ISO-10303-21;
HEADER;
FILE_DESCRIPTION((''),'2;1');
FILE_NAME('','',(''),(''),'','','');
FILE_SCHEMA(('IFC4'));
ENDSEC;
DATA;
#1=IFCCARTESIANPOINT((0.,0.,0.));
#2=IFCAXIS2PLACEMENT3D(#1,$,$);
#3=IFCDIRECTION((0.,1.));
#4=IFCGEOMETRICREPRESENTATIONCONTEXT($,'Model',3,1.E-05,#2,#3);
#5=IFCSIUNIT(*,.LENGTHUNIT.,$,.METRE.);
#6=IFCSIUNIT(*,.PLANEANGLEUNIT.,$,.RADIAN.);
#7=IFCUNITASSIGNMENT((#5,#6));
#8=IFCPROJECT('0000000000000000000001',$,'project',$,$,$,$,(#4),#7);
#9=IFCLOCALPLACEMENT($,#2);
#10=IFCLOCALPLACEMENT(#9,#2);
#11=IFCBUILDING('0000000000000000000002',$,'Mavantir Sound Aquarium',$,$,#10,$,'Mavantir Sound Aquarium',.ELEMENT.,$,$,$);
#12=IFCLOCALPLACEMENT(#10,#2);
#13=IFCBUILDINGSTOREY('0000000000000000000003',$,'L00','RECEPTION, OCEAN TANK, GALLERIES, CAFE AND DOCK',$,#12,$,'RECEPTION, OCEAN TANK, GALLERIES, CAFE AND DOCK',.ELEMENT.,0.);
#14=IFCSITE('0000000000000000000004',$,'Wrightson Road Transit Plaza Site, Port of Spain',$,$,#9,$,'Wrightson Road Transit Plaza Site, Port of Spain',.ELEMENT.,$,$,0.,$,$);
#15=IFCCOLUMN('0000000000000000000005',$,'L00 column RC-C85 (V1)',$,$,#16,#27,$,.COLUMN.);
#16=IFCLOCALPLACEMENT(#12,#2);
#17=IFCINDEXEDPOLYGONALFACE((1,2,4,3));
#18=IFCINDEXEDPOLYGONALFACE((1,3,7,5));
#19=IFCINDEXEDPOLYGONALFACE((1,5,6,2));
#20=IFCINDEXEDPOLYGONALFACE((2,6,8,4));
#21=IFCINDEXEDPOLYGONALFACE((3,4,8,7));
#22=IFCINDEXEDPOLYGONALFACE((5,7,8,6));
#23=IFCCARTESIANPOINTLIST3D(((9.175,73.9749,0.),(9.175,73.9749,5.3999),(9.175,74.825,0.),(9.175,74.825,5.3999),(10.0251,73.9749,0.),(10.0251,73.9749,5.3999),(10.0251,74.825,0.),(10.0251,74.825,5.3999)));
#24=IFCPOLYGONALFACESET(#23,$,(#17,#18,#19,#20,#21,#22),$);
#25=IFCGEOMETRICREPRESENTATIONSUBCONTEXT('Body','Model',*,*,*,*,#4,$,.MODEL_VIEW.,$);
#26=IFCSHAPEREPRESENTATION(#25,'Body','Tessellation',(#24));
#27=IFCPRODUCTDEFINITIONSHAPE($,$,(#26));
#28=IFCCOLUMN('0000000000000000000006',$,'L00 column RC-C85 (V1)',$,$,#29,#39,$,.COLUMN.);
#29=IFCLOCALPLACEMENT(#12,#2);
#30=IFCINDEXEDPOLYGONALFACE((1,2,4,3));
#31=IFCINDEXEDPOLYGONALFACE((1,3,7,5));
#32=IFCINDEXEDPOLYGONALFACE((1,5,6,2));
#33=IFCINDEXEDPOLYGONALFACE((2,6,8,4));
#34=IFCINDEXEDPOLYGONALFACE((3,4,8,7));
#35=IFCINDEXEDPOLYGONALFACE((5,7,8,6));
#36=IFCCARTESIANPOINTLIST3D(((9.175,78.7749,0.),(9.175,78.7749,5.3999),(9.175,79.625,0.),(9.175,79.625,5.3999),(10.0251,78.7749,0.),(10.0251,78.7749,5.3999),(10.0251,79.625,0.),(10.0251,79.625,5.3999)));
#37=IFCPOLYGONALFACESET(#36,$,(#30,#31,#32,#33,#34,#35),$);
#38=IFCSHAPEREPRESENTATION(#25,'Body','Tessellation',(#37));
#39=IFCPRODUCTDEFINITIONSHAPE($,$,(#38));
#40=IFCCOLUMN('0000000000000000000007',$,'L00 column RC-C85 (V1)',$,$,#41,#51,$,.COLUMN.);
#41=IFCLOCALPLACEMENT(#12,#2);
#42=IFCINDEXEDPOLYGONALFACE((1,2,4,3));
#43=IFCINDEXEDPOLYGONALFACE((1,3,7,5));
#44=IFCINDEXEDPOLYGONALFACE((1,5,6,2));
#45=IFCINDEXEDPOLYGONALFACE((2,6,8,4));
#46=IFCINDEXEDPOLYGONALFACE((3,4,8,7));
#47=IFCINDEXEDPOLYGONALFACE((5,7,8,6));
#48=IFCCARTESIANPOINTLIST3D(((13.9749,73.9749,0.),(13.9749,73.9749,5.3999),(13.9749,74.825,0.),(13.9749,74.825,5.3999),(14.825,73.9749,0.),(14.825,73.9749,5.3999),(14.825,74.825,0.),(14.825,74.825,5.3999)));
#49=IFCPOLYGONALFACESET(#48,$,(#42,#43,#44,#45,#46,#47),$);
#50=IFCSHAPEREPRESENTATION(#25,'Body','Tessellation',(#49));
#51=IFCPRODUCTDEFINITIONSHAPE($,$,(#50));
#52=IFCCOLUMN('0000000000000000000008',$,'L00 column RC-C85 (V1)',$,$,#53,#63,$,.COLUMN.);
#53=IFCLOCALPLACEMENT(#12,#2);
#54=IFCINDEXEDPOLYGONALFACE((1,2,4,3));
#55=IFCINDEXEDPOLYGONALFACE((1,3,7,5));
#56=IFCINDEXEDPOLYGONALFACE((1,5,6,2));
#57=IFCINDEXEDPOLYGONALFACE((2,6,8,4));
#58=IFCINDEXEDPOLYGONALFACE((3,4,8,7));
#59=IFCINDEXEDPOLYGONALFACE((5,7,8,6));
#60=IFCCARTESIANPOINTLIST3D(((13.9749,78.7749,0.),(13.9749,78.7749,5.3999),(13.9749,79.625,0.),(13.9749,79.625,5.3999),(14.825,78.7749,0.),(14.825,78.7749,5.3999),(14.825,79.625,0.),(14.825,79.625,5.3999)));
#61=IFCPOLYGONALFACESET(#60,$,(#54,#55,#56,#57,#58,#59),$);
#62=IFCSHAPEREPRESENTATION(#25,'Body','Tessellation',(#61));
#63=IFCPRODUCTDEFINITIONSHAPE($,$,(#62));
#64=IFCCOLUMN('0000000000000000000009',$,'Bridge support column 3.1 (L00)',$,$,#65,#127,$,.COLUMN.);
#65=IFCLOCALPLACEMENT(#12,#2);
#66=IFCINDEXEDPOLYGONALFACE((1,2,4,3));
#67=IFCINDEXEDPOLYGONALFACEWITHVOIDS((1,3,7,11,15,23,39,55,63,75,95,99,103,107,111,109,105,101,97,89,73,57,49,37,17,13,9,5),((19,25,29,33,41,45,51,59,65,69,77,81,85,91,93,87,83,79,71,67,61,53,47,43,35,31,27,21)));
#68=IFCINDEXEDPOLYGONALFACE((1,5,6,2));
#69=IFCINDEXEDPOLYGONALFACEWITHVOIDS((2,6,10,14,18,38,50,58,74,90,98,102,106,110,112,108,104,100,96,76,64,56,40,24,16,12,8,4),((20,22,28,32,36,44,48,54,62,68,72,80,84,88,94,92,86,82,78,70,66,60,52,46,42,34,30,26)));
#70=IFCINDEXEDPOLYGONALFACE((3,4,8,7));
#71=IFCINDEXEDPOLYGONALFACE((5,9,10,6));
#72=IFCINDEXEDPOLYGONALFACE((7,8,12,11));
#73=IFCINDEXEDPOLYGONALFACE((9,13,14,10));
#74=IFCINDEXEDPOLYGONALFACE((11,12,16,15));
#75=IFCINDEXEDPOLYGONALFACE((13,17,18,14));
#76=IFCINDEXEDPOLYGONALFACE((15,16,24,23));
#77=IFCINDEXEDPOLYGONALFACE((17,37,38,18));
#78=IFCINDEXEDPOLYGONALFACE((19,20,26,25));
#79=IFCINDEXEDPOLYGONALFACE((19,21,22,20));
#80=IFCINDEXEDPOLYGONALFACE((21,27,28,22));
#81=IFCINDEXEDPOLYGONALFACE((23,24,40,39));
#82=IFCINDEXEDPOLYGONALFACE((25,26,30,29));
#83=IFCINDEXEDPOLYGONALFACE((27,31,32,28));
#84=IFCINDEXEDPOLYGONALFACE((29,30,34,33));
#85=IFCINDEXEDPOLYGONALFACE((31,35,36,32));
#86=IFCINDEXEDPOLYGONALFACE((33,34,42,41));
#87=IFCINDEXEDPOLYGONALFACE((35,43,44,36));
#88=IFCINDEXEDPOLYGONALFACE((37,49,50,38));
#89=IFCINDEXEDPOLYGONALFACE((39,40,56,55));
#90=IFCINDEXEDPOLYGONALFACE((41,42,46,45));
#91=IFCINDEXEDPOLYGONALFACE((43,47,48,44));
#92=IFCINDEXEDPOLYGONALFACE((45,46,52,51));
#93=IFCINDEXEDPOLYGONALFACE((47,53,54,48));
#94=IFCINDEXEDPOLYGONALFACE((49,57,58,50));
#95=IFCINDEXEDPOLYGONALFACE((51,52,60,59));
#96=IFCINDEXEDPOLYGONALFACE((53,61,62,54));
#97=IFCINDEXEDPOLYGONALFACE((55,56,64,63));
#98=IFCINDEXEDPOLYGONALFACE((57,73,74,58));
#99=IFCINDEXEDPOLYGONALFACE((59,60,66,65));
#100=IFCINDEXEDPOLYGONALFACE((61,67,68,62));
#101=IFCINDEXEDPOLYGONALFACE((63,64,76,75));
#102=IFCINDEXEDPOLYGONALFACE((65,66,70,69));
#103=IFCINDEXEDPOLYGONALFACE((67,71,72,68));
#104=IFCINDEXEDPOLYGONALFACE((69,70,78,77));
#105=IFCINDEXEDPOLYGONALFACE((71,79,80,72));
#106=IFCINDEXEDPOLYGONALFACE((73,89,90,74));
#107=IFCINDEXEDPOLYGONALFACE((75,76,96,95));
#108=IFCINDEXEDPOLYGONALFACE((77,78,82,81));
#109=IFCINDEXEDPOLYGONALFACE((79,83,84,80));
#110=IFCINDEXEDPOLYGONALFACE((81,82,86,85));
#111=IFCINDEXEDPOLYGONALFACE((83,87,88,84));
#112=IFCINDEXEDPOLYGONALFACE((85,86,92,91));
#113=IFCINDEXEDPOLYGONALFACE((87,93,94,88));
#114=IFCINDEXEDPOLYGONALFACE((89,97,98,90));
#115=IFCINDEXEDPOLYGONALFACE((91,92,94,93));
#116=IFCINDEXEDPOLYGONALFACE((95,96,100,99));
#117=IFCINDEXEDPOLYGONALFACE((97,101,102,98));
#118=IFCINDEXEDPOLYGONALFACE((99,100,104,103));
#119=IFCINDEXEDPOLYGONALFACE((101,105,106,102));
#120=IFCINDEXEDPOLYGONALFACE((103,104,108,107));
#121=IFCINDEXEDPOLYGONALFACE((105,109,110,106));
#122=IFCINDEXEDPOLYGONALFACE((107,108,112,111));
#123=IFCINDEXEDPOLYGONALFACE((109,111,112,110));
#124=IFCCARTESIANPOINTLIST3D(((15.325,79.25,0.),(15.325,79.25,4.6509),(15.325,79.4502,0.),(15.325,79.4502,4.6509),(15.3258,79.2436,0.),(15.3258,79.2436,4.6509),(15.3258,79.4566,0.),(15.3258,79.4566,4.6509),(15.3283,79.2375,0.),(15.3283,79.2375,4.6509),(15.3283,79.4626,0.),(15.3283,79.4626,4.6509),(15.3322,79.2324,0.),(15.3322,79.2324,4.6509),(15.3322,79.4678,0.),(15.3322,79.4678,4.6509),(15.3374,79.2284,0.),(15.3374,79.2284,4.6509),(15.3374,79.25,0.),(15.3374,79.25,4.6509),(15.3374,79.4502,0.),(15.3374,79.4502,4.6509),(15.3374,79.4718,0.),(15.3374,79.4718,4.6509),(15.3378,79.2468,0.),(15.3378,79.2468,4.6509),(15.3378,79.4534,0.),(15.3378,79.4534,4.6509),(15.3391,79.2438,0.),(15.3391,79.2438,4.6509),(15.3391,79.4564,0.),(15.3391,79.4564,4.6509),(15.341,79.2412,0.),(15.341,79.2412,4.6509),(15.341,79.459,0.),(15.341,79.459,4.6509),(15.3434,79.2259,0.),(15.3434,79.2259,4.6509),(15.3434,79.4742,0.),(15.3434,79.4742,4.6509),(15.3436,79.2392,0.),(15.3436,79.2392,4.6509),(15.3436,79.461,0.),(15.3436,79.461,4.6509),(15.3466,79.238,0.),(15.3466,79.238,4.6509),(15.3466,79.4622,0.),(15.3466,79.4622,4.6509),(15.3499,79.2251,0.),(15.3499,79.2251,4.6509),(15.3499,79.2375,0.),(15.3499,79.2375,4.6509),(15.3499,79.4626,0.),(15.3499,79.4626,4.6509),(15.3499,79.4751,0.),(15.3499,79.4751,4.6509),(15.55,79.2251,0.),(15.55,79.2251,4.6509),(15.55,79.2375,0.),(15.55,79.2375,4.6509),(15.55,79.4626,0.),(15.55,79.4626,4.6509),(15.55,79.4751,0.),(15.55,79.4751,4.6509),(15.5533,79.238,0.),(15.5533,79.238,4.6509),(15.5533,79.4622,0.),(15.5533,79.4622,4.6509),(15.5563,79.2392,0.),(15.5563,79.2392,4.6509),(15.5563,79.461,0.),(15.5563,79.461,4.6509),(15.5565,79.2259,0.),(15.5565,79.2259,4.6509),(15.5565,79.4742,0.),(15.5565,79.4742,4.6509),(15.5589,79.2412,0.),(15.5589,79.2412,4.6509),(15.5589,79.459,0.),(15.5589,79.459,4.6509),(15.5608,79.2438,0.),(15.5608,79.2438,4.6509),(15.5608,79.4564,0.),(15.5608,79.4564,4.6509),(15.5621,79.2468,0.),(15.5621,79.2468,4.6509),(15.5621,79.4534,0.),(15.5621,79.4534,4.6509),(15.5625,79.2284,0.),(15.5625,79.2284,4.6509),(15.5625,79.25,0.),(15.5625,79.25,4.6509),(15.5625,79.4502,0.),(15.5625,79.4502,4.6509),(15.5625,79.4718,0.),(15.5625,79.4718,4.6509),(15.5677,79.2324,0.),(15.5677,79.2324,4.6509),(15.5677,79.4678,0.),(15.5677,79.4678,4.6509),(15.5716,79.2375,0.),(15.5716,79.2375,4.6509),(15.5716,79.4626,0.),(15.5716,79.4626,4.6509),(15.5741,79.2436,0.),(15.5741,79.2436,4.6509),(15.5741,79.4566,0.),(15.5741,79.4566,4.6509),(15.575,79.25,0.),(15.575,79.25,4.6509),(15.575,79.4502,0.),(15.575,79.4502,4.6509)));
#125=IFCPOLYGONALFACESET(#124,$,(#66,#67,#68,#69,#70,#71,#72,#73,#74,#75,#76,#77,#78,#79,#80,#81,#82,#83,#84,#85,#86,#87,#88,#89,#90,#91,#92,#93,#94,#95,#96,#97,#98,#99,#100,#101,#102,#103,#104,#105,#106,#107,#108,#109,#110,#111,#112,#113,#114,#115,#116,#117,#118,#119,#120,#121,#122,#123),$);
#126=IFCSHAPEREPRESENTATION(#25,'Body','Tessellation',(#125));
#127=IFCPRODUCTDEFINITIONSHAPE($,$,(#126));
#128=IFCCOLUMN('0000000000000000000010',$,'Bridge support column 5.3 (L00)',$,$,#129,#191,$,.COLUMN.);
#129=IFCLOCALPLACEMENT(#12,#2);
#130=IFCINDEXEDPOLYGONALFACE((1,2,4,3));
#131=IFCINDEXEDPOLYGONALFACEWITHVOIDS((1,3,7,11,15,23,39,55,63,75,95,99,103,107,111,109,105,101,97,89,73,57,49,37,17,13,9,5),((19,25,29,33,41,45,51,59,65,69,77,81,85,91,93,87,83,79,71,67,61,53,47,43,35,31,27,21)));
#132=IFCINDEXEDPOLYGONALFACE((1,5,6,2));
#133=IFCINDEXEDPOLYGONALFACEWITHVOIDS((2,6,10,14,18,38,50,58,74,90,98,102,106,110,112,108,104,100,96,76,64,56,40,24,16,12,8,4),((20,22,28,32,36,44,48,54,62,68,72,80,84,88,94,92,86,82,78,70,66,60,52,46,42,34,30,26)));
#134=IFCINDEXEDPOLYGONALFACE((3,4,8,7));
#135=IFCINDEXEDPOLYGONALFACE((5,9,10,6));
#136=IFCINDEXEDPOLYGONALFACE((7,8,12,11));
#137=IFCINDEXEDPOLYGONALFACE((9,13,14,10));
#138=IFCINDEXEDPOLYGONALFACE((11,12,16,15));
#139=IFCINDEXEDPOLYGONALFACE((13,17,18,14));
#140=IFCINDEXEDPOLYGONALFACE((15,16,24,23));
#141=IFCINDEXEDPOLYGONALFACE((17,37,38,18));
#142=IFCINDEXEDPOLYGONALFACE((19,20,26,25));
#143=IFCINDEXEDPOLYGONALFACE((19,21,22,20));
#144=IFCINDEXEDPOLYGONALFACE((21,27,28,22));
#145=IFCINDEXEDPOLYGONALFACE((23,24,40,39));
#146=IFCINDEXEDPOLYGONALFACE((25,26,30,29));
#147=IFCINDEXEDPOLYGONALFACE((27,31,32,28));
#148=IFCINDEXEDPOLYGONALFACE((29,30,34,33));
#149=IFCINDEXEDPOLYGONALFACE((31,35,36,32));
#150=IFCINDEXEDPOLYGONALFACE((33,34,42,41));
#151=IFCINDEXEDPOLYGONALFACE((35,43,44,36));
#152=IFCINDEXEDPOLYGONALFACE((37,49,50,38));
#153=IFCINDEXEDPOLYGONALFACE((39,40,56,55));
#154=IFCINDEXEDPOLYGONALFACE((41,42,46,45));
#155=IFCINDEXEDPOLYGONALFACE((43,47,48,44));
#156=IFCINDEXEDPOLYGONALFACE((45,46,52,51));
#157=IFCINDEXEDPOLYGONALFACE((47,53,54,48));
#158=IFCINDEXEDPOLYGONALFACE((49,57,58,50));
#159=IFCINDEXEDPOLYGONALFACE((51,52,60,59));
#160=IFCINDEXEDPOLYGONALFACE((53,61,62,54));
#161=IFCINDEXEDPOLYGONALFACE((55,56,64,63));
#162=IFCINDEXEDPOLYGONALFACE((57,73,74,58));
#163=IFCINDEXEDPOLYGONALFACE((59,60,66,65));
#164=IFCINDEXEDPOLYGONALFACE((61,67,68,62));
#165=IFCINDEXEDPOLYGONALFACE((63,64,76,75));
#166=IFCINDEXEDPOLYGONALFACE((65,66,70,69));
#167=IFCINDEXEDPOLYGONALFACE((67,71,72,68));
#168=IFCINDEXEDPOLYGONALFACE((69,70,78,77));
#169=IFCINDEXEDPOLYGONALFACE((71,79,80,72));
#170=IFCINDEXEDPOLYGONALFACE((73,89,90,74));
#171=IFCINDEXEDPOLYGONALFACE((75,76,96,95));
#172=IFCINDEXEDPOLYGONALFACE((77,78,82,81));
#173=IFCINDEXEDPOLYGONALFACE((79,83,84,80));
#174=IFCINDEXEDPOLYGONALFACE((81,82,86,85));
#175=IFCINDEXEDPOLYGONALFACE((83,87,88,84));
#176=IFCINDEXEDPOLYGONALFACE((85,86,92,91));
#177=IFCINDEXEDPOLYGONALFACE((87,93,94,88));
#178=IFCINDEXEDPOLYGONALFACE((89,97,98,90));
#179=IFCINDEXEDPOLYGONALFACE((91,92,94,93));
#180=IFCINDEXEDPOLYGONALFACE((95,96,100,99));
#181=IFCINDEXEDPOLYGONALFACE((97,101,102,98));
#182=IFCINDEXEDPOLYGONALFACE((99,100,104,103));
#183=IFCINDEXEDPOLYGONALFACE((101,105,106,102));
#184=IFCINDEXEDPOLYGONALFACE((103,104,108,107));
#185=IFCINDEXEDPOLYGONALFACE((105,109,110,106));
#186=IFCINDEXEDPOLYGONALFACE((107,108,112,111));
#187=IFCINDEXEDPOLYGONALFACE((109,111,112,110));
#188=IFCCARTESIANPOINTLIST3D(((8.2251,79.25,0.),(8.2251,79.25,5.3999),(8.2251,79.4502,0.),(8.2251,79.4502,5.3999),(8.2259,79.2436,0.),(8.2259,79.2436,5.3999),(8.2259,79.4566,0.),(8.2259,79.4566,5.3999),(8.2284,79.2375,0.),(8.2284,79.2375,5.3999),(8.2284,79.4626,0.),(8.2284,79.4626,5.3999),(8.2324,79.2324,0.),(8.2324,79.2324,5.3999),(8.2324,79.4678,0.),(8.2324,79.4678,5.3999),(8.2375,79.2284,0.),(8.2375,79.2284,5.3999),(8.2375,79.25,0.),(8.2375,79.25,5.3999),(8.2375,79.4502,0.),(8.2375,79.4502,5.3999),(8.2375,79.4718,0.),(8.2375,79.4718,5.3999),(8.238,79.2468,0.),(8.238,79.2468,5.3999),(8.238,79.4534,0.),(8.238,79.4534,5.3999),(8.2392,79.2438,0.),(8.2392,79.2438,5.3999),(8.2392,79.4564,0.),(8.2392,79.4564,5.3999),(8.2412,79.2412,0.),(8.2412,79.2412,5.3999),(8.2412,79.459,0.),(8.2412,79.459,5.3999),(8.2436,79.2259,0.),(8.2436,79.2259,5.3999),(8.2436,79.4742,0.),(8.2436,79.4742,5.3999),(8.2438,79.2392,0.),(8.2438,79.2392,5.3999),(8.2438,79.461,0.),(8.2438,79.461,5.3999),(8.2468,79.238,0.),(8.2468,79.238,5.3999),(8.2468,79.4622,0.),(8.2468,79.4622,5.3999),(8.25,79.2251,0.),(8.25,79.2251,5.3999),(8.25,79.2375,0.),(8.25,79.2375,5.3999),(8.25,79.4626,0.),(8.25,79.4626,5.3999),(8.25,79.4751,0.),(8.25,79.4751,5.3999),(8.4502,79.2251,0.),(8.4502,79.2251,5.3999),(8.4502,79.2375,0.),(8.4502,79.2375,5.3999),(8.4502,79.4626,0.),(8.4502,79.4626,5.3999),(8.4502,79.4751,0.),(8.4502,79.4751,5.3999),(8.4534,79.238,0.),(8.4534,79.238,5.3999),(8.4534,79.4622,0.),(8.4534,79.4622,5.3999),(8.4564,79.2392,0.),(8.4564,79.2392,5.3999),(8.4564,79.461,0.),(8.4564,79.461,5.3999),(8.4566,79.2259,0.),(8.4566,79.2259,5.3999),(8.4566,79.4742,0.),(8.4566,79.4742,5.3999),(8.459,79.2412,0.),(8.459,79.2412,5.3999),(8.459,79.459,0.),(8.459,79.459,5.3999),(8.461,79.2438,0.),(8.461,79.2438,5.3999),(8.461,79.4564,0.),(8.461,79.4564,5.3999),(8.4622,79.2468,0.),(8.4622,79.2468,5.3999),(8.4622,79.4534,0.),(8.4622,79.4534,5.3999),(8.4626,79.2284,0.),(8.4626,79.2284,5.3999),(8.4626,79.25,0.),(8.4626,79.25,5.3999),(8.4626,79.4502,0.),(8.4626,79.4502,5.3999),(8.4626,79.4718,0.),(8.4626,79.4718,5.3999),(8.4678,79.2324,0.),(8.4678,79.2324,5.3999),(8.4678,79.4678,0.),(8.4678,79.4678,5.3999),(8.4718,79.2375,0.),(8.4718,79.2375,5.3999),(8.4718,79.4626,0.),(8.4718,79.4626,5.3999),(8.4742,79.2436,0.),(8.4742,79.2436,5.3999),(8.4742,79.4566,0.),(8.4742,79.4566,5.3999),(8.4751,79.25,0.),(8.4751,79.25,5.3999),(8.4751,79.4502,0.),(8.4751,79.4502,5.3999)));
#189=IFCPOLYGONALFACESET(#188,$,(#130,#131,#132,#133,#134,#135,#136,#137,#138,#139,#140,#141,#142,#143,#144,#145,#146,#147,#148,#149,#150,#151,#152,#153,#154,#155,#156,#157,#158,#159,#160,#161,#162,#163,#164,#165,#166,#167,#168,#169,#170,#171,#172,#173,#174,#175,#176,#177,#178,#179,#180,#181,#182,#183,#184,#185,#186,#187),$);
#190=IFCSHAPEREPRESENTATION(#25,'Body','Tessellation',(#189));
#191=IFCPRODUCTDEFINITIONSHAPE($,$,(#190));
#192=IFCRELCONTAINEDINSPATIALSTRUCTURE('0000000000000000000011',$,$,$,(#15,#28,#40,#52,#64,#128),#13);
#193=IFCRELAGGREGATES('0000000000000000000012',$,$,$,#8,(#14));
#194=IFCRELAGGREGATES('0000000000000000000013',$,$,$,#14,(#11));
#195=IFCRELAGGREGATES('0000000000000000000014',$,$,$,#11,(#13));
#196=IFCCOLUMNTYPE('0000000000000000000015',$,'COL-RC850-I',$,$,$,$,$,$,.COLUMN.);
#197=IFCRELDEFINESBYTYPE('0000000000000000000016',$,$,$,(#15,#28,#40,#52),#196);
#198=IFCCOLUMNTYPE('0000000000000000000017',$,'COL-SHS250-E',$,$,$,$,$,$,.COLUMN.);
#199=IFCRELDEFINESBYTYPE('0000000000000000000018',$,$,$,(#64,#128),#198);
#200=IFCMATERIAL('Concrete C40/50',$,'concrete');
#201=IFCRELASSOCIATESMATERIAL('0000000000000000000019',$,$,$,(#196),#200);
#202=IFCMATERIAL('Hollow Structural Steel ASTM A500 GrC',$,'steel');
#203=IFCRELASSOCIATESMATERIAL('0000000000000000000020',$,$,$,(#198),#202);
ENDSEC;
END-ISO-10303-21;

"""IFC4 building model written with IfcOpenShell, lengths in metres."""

from ifc_helpers import new_model, si_unit, direction, frame, origin, origin_2d, place, context, subcontext, project, spatial, rectangle, hollow_rectangle, extrude, material, material_profile, profile_set, type_object, element, save


model = new_model("IFC4")

# Units and contexts
model_context = context("Model", 3, precision=1e-05, world=origin(), true_north=direction((0.0, 1.0)))
body_context = subcontext(model_context, "Body", "Model", "MODEL_VIEW")
ifc_project = project(units=[si_unit("LENGTHUNIT", "METRE"), si_unit("PLANEANGLEUNIT", "RADIAN")], contexts=[model_context])

# Site, building, storey
site_placement = place(None, origin())
site = spatial("IfcSite", under=ifc_project, at=site_placement, Name="Wrightson Road Transit Plaza Site, Port of Spain", LongName="Wrightson Road Transit Plaza Site, Port of Spain", CompositionType="ELEMENT", RefElevation=0.0)
building_placement = place(site_placement, origin())
building = spatial("IfcBuilding", under=site, at=building_placement, Name="Mavantir Sound Aquarium", LongName="Mavantir Sound Aquarium", CompositionType="ELEMENT")
storey_placement = place(building_placement, origin())
storey = spatial("IfcBuildingStorey", under=building, at=storey_placement, Name="L00", Description="RECEPTION, OCEAN TANK, GALLERIES, CAFE AND DOCK", LongName="RECEPTION, OCEAN TANK, GALLERIES, CAFE AND DOCK", CompositionType="ELEMENT", Elevation=0.0)

# Columns
ifc_material_1 = material(Name="Concrete C40/50", Category="concrete")
ifc_material_profile_1 = material_profile(ifc_material_1, rectangle(XDim=0.8501, YDim=0.8501, at=origin_2d()), Name="RC 850X850")
ifc_profile_set_1 = profile_set([ifc_material_profile_1], Name="Concrete C40/50")
column_type_1 = type_object("IfcColumnType", Name="COL-RC850-I", PredefinedType="COLUMN", material=ifc_profile_set_1)
for number, where, z_axis, x_axis, name in (
    (1, (9.6001, 74.3999, 0.0), (0.0, 0.0, 1.0), (1.0, 0.0, 0.0), "L00 column RC-C85 (V1)"),
    (2, (9.6001, 79.2, 0.0), (0.0, 0.0, 1.0), (1.0, 0.0, 0.0), "L00 column RC-C85 (V1)"),
    (3, (14.3999, 74.3999, 0.0), (0.0, 0.0, 1.0), (1.0, 0.0, 0.0), "L00 column RC-C85 (V1)"),
    (4, (14.3999, 79.2, 0.0), (0.0, 0.0, 1.0), (1.0, 0.0, 0.0), "L00 column RC-C85 (V1)"),
):
    element("IfcColumn", number, at=place(storey_placement, frame(where, z_axis=z_axis, x_axis=x_axis)), inside=storey, type_object=column_type_1, Name=name, PredefinedType="COLUMN", context=body_context, shape_type="SweptSolid", body=[
        extrude(rectangle(XDim=0.8501, YDim=0.8501, at=origin_2d()), origin(), (0.0, 0.0, 1.0), 5.3999),
    ])
ifc_material_2 = material(Name="Hollow Structural Steel ASTM A500 GrC", Category="steel")
ifc_material_profile_2 = material_profile(ifc_material_2, hollow_rectangle(XDim=0.25, YDim=0.25, WallThickness=0.0125, InnerFilletRadius=0.0125, OuterFilletRadius=0.0249, at=origin_2d()), Name="SHS 250X250X12.5")
ifc_profile_set_2 = profile_set([ifc_material_profile_2], Name="Hollow Structural Steel ASTM A500 GrC")
column_type_2 = type_object("IfcColumnType", Name="COL-SHS250-E", PredefinedType="COLUMN", material=ifc_profile_set_2)
column_1_placement = place(storey_placement, frame((15.45, 79.3501, 0.0), z_axis=(0.0, 0.0, 1.0), x_axis=(1.0, 0.0, 0.0)))
element("IfcColumn", 5, at=column_1_placement, inside=storey, type_object=column_type_2, Name="Bridge support column 3.1 (L00)", PredefinedType="COLUMN", context=body_context, shape_type="SweptSolid", body=[
    extrude(hollow_rectangle(XDim=0.25, YDim=0.25, WallThickness=0.0125, InnerFilletRadius=0.0125, OuterFilletRadius=0.0249, at=origin_2d()), origin(), (0.0, 0.0, 1.0), 4.6509),
])
column_2_placement = place(storey_placement, frame((8.3501, 79.3501, 0.0), z_axis=(0.0, 0.0, 1.0), x_axis=(1.0, 0.0, 0.0)))
element("IfcColumn", 6, at=column_2_placement, inside=storey, type_object=column_type_2, Name="Bridge support column 5.3 (L00)", PredefinedType="COLUMN", context=body_context, shape_type="SweptSolid", body=[
    extrude(hollow_rectangle(XDim=0.25, YDim=0.25, WallThickness=0.0125, InnerFilletRadius=0.0125, OuterFilletRadius=0.0249, at=origin_2d()), origin(), (0.0, 0.0, 1.0), 5.3999),
])

save(model, "model.ifc")
